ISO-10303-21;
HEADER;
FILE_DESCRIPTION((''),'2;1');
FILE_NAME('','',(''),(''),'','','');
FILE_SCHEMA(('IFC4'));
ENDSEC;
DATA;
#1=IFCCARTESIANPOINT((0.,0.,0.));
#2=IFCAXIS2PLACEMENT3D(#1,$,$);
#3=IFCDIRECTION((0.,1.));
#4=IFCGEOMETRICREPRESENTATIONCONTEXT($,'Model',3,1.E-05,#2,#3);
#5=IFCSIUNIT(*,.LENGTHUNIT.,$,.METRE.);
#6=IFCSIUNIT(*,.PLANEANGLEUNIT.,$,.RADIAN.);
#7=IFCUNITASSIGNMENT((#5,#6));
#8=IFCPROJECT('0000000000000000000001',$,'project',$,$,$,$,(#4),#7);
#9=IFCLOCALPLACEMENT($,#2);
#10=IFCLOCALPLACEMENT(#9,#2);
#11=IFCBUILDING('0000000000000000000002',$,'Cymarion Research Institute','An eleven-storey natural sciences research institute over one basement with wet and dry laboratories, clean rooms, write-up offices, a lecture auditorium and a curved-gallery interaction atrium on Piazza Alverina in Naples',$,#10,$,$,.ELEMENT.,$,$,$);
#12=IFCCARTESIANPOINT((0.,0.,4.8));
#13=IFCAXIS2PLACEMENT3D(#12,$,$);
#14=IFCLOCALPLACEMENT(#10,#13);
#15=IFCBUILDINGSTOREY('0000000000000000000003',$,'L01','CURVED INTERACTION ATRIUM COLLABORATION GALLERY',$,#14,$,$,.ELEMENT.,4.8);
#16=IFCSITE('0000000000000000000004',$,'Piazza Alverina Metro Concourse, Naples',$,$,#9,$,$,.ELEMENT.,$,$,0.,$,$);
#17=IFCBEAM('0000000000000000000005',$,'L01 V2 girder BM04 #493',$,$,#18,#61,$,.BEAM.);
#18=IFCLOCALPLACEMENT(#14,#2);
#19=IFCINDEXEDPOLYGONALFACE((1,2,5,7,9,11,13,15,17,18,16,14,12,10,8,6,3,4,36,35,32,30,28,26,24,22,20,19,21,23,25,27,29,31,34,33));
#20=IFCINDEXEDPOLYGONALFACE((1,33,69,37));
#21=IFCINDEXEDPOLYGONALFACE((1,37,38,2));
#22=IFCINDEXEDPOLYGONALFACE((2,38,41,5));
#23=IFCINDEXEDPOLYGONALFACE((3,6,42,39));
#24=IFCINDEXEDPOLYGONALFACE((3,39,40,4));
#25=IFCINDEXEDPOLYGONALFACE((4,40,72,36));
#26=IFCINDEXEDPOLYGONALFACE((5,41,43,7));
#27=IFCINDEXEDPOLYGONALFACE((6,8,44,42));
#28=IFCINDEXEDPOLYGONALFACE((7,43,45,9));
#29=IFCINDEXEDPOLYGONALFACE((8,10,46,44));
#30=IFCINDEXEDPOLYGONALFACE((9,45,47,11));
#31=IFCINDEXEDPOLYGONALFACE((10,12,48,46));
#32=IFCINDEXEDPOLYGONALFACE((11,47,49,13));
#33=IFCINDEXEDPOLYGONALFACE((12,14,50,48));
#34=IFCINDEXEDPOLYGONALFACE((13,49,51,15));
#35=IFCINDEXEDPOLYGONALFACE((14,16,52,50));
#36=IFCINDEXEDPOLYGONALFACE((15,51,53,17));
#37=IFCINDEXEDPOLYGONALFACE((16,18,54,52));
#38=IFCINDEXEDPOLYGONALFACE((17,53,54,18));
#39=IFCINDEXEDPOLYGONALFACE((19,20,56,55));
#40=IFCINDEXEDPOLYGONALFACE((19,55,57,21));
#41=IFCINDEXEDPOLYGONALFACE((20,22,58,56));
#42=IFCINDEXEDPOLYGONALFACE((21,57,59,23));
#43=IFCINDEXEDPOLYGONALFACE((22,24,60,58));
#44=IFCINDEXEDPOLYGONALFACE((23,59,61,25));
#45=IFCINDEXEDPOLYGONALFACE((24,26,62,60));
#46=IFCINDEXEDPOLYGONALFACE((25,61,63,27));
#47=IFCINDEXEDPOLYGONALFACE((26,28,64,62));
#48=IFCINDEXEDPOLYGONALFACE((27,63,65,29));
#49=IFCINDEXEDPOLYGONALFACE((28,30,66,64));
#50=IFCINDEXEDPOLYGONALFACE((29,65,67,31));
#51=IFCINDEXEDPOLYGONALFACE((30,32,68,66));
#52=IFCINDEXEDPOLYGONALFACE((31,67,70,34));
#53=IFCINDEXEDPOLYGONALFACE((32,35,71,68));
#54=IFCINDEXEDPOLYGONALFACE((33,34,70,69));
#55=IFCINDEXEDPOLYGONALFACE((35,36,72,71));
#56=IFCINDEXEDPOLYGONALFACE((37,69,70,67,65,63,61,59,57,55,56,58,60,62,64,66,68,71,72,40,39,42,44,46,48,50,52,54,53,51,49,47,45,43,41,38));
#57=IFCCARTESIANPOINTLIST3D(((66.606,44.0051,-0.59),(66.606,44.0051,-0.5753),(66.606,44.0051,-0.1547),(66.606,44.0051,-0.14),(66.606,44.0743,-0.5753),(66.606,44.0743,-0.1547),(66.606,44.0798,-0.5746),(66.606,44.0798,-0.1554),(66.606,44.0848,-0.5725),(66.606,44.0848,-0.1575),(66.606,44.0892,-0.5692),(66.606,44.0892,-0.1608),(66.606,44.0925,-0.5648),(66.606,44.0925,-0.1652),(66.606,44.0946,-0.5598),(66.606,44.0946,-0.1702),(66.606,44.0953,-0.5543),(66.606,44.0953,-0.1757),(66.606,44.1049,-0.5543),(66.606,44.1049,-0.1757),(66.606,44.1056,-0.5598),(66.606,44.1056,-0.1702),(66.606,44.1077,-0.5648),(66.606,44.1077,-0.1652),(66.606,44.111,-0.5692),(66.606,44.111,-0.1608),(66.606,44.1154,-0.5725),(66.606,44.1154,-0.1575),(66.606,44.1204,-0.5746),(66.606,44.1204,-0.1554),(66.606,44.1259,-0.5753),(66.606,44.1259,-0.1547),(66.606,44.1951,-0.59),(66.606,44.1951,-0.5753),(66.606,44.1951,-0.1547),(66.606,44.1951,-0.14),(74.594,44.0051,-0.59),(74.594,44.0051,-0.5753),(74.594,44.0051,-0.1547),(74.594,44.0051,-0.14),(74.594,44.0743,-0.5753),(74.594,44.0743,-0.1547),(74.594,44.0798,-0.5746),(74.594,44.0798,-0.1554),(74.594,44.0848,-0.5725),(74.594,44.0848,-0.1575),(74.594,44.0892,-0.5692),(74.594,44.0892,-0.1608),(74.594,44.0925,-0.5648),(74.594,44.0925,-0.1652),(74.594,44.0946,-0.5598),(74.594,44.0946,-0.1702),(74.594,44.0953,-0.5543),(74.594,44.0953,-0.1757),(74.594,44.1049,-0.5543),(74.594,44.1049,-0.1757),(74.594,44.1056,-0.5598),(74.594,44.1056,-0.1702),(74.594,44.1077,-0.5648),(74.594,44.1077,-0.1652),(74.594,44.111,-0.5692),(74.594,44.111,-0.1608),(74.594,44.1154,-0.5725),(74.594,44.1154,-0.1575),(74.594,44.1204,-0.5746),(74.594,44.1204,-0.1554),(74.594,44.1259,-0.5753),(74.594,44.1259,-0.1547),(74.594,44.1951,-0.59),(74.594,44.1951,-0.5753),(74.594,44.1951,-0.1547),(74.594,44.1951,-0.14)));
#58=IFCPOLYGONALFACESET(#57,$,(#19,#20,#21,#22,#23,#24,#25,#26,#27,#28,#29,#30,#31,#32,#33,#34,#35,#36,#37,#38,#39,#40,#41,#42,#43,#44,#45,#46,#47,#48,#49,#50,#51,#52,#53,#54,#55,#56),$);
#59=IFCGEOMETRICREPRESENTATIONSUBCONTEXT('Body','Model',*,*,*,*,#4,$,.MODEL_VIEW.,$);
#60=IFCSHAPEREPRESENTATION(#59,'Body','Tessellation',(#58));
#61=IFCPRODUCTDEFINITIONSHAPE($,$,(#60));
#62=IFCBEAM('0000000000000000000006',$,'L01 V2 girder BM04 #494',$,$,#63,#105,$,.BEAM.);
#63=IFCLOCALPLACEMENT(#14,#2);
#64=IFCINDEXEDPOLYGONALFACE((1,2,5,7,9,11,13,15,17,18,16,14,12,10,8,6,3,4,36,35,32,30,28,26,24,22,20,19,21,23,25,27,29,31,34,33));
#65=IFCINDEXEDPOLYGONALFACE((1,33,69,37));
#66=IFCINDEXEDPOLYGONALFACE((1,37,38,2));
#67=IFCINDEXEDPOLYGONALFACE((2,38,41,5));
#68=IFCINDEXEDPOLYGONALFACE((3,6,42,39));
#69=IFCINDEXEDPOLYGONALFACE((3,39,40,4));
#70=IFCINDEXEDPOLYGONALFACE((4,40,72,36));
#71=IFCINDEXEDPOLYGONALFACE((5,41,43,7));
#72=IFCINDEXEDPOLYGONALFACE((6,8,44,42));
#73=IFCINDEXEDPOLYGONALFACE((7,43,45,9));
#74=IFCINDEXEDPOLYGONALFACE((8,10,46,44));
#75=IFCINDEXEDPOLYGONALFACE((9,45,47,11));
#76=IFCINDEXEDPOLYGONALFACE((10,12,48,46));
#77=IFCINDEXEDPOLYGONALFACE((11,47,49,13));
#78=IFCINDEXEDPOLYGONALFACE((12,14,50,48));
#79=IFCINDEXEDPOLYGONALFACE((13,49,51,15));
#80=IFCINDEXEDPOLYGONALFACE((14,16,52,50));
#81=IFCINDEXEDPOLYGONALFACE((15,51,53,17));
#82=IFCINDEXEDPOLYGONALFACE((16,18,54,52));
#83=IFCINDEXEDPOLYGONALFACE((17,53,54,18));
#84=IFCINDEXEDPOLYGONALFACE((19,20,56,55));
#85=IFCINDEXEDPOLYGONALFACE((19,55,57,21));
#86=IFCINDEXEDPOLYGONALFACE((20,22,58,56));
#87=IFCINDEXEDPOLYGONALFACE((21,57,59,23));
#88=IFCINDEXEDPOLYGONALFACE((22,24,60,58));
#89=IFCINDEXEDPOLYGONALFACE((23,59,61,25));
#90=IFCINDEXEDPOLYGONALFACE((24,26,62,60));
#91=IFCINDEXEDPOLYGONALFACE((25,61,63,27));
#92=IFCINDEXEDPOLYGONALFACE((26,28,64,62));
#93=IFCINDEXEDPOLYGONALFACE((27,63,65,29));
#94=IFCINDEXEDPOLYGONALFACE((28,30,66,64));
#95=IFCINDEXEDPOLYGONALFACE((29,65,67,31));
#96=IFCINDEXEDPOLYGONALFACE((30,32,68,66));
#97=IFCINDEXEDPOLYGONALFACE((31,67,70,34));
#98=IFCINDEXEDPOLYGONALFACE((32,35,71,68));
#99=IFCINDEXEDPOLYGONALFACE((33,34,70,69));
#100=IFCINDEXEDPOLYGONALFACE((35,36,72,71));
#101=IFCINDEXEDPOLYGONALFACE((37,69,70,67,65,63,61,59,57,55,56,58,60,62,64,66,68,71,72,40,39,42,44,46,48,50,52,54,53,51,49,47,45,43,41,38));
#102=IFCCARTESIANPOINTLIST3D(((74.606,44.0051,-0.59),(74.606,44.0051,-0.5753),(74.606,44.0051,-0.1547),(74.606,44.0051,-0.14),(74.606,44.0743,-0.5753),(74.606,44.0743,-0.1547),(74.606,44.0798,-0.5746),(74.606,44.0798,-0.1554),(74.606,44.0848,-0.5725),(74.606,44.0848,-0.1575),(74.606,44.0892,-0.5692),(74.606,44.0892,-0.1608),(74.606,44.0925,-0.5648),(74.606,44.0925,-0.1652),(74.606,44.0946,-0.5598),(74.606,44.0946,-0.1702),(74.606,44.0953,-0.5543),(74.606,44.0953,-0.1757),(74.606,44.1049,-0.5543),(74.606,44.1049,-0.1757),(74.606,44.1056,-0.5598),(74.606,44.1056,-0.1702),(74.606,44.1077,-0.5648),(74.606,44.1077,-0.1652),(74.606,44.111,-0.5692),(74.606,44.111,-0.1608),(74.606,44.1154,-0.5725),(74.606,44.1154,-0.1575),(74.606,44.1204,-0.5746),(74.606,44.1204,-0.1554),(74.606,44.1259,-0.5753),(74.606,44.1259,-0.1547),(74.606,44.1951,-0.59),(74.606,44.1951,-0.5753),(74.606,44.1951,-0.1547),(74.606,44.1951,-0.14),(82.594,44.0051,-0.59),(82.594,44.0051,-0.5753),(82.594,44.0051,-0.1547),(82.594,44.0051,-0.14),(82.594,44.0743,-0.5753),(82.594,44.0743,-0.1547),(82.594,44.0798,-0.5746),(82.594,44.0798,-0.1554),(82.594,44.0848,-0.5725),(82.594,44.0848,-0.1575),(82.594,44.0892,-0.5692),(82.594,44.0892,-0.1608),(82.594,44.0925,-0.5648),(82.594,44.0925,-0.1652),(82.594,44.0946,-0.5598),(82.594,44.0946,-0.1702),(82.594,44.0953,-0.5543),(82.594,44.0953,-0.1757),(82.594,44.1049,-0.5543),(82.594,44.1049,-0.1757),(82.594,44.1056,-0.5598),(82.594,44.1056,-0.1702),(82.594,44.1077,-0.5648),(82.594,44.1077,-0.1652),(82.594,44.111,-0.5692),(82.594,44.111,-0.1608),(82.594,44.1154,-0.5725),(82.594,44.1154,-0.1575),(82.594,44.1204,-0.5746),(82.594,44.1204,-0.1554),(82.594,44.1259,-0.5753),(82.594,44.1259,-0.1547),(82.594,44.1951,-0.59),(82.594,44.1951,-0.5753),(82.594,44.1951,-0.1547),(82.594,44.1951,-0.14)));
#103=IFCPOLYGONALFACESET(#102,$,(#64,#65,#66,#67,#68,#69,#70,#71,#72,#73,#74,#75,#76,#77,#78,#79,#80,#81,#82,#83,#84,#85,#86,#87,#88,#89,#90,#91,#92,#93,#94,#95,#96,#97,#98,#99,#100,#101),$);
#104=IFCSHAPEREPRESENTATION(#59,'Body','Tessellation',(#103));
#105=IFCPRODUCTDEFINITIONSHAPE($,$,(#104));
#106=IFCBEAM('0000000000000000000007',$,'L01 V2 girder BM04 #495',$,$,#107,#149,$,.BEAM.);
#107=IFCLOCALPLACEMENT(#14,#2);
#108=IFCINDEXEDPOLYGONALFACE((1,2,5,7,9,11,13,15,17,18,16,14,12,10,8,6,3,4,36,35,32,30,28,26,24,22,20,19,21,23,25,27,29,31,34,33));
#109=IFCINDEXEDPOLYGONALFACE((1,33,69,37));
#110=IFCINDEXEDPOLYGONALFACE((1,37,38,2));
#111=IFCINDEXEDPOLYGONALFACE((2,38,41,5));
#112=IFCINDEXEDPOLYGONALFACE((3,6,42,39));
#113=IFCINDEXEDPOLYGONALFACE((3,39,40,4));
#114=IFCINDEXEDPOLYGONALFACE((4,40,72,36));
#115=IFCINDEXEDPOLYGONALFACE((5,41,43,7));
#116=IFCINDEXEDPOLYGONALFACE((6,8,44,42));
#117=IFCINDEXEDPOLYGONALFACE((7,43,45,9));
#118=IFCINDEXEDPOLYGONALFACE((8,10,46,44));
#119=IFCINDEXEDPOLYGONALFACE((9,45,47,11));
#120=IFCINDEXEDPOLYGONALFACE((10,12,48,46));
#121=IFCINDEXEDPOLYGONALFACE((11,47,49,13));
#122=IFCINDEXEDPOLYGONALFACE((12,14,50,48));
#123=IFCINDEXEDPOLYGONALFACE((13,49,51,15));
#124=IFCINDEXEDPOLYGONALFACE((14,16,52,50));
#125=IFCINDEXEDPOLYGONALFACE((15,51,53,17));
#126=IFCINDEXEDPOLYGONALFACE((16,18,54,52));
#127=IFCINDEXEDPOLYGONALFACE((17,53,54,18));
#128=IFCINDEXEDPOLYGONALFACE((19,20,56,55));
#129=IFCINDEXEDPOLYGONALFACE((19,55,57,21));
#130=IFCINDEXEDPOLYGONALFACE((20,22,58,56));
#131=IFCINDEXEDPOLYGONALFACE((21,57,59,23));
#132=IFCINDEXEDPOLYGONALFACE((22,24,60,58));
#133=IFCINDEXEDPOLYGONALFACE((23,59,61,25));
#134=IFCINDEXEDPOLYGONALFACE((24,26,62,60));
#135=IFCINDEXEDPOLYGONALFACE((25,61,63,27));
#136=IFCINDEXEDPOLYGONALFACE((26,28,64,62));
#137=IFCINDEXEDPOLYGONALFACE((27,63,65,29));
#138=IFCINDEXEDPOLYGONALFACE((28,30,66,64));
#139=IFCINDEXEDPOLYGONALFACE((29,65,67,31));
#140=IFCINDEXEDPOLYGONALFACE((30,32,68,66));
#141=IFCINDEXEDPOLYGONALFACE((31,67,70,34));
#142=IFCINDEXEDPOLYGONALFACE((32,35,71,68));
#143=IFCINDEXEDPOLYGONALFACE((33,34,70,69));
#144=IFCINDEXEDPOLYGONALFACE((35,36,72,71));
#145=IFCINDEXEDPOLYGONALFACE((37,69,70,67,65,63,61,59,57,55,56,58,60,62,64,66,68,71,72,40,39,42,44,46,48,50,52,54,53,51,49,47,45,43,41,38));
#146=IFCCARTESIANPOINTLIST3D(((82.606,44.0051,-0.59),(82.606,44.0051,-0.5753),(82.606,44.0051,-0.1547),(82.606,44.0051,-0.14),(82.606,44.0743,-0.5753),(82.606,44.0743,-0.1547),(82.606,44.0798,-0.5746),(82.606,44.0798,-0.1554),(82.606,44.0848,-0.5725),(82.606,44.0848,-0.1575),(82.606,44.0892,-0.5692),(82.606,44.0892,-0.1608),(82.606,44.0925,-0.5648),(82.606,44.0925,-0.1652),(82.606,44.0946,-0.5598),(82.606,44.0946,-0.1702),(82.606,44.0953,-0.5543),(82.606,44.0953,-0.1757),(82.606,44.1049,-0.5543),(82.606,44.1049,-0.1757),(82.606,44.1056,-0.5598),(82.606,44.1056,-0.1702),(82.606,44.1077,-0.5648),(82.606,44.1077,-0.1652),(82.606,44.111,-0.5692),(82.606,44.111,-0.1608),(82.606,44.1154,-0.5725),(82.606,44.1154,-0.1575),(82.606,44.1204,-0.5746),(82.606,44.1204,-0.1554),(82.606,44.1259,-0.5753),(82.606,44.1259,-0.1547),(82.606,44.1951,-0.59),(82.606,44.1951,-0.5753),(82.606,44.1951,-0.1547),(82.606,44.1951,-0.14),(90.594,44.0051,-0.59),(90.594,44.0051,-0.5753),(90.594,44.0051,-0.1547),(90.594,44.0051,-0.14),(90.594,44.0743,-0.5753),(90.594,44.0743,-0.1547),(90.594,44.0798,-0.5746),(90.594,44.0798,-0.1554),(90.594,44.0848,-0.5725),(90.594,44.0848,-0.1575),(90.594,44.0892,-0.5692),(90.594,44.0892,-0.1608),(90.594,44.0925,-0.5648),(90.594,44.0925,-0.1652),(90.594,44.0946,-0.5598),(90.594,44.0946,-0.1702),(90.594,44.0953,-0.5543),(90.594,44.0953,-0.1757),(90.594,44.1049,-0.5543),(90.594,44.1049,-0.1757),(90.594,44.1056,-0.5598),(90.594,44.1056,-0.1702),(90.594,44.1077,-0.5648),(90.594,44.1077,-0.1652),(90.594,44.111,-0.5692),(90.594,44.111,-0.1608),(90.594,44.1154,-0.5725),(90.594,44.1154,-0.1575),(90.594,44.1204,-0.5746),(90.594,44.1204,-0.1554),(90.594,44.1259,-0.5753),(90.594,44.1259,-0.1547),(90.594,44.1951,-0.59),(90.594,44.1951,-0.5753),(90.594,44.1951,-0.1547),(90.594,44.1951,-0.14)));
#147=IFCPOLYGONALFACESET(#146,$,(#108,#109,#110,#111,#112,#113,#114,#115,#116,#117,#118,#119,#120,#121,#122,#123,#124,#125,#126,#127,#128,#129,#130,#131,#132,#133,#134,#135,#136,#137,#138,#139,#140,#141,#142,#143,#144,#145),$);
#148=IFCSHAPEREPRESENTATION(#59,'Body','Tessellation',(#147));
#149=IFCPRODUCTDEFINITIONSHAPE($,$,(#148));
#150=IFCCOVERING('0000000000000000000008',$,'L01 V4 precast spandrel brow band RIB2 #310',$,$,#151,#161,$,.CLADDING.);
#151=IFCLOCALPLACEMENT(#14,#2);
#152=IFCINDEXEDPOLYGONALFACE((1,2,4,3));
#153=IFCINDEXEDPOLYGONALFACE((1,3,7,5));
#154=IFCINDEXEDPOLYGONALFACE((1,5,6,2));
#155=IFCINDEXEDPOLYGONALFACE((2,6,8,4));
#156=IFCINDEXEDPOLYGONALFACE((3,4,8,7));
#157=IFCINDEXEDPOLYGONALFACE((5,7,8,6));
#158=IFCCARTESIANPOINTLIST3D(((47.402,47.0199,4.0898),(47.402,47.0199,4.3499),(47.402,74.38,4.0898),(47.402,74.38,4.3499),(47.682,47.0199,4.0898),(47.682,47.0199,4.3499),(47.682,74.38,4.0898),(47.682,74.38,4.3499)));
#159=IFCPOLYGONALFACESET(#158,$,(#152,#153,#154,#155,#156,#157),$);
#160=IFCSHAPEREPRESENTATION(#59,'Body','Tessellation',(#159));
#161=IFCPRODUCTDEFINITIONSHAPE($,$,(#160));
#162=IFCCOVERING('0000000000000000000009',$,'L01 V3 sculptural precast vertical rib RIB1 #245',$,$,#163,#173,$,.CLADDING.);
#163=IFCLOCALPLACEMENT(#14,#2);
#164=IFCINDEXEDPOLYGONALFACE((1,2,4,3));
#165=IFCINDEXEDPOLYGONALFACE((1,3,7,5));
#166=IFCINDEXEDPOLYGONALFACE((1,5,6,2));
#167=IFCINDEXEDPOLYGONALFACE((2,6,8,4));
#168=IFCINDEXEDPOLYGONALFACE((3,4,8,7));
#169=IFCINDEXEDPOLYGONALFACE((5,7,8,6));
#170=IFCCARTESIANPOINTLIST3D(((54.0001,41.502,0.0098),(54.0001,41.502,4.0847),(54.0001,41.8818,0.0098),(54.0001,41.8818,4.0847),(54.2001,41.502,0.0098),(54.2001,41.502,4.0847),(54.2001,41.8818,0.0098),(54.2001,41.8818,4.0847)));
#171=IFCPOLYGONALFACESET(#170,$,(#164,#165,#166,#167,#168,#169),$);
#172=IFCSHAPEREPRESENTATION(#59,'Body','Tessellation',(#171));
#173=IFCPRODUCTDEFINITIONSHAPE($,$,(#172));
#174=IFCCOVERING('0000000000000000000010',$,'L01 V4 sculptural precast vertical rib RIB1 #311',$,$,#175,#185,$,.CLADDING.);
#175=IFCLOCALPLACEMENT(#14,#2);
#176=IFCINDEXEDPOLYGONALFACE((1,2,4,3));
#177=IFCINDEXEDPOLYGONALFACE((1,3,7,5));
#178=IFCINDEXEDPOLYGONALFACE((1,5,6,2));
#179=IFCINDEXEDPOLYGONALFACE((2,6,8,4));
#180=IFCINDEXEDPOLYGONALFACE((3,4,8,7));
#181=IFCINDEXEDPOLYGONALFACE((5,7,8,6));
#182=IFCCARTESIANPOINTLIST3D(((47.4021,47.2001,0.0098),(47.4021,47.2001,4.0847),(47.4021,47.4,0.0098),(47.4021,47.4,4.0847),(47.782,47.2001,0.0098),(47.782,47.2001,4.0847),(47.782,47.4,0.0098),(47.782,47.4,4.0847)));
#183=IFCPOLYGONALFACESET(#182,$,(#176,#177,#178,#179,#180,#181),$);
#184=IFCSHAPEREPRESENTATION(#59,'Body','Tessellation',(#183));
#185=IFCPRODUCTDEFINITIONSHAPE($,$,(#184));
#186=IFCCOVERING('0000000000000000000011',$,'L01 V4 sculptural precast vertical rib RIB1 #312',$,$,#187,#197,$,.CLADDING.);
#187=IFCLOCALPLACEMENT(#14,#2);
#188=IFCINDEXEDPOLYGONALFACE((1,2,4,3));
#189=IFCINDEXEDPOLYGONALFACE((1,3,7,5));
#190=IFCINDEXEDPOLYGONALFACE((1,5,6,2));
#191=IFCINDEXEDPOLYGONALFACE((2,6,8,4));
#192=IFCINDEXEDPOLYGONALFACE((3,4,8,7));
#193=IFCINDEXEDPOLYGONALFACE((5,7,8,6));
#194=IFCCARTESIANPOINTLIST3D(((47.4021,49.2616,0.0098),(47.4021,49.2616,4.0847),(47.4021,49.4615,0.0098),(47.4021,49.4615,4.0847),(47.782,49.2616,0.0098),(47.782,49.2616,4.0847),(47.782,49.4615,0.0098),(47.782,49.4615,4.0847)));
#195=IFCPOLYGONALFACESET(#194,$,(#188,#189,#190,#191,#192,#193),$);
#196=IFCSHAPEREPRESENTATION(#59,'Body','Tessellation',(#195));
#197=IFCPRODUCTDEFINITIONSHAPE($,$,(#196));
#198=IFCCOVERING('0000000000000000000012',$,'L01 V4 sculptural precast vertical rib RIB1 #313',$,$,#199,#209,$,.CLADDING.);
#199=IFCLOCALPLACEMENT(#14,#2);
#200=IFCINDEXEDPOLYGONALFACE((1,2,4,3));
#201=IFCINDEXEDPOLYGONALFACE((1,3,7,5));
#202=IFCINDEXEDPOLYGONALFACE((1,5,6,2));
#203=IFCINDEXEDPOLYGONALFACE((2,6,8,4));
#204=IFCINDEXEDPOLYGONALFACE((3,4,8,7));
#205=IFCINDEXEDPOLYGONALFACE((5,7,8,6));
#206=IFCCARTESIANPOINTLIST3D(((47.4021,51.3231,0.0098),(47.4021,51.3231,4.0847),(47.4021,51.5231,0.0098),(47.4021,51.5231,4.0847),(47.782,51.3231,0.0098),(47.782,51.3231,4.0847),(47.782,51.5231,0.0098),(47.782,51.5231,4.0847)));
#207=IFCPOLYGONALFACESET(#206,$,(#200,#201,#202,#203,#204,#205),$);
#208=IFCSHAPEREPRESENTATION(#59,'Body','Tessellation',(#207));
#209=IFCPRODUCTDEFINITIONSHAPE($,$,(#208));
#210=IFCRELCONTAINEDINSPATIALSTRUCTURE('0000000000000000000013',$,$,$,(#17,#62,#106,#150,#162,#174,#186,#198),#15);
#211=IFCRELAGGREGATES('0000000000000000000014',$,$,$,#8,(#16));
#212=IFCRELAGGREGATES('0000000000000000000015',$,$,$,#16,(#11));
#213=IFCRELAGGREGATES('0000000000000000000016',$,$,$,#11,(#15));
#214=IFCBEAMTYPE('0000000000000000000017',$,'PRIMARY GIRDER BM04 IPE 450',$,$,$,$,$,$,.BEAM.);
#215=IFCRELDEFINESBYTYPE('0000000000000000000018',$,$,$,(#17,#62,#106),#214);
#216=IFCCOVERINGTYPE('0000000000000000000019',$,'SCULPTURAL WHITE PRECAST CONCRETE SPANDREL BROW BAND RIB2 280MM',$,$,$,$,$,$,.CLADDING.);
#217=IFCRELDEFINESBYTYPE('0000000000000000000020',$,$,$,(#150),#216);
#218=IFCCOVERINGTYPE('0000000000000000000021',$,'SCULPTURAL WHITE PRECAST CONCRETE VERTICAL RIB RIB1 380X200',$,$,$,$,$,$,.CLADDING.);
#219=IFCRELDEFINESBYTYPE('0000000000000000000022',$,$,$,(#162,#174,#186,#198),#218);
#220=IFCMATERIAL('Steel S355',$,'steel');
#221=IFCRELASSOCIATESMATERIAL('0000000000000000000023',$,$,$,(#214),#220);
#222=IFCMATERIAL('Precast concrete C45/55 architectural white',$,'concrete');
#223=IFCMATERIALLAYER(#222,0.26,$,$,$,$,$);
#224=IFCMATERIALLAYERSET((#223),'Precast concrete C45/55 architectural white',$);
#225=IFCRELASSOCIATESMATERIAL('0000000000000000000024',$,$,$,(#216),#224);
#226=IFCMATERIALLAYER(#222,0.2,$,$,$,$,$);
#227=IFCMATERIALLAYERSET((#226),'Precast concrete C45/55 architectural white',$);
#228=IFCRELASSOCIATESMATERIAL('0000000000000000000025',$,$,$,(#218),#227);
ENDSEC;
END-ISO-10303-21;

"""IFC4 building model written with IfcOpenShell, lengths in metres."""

from ifc_helpers import new_model, si_unit, direction, frame, origin, origin_2d, place, context, subcontext, project, spatial, rectangle, i_section, extrude, material, layer, layer_set, material_profile, profile_set, type_object, element, save


model = new_model("IFC4")

# Units and contexts
model_context = context("Model", 3, precision=1e-05, world=origin(), true_north=direction((0.0, 1.0)))
body_context = subcontext(model_context, "Body", "Model", "MODEL_VIEW")
ifc_project = project(units=[si_unit("LENGTHUNIT", "METRE"), si_unit("PLANEANGLEUNIT", "RADIAN")], contexts=[model_context])

# Site, building, storey
site_placement = place(None, origin())
site = spatial("IfcSite", under=ifc_project, at=site_placement, Name="Piazza Alverina Metro Concourse, Naples", CompositionType="ELEMENT", RefElevation=0.0)
building_placement = place(site_placement, origin())
building = spatial("IfcBuilding", under=site, at=building_placement, Name="Cymarion Research Institute", Description="An eleven-storey natural sciences research institute over one basement with wet and dry laboratories, clean rooms, write-up offices, a lecture auditorium and a curved-gallery interaction atrium on Piazza Alverina in Naples", CompositionType="ELEMENT")
storey_placement = place(building_placement, frame((0.0, 0.0, 4.8)))
storey = spatial("IfcBuildingStorey", under=building, at=storey_placement, Name="L01", Description="CURVED INTERACTION ATRIUM COLLABORATION GALLERY", CompositionType="ELEMENT", Elevation=4.8)

# Beams
ifc_material_1 = material(Name="Steel S355", Category="steel")
ifc_material_profile = material_profile(ifc_material_1, i_section(OverallWidth=0.1899, OverallDepth=0.45, WebThickness=0.0095, FlangeThickness=0.0146, FilletRadius=0.021, at=origin_2d()), Name="IPE 450")
ifc_profile_set = profile_set([ifc_material_profile], Name="Steel S355")
beam_type = type_object("IfcBeamType", Name="PRIMARY GIRDER BM04 IPE 450", PredefinedType="BEAM", material=ifc_profile_set)
for number, where, z_axis, x_axis, name in (
    (1, (66.606, 44.1001, -0.365), (1.0, 0.0, 0.0), (0.0, 1.0, 0.0), "L01 V2 girder BM04 #493"),
    (2, (74.606, 44.1001, -0.365), (1.0, 0.0, 0.0), (0.0, 1.0, 0.0), "L01 V2 girder BM04 #494"),
    (3, (82.606, 44.1001, -0.365), (1.0, 0.0, 0.0), (0.0, 1.0, 0.0), "L01 V2 girder BM04 #495"),
):
    element("IfcBeam", number, at=place(storey_placement, frame(where, z_axis=z_axis, x_axis=x_axis)), inside=storey, type_object=beam_type, Name=name, PredefinedType="BEAM", context=body_context, shape_type="SweptSolid", body=[
        extrude(i_section(OverallWidth=0.1899, OverallDepth=0.45, WebThickness=0.0095, FlangeThickness=0.0146, FilletRadius=0.021, at=origin_2d()), origin(), (0.0, 0.0, 1.0), 7.988),
    ])

# Coverings
ifc_material_2 = material(Name="Precast concrete C45/55 architectural white", Category="concrete")
ifc_layer_1 = layer(ifc_material_2, 0.26)
ifc_layer_set_1 = layer_set([ifc_layer_1], Name="Precast concrete C45/55 architectural white")
covering_type_1 = type_object("IfcCoveringType", Name="SCULPTURAL WHITE PRECAST CONCRETE SPANDREL BROW BAND RIB2 280MM", PredefinedType="CLADDING", material=ifc_layer_set_1)
covering_placement = place(storey_placement, frame((47.542, 60.7, 4.0898), z_axis=(0.0, 0.0, 1.0), x_axis=(1.0, 0.0, 0.0)))
element("IfcCovering", 4, at=covering_placement, inside=storey, type_object=covering_type_1, Name="L01 V4 precast spandrel brow band RIB2 #310", PredefinedType="CLADDING", context=body_context, shape_type="SweptSolid", body=[
    extrude(rectangle(XDim=0.28, YDim=27.3601, at=origin_2d()), origin(), (0.0, 0.0, 1.0), 0.26),
])
ifc_layer_2 = layer(ifc_material_2, 0.2)
ifc_layer_set_2 = layer_set([ifc_layer_2], Name="Precast concrete C45/55 architectural white")
covering_type_2 = type_object("IfcCoveringType", Name="SCULPTURAL WHITE PRECAST CONCRETE VERTICAL RIB RIB1 380X200", PredefinedType="CLADDING", material=ifc_layer_set_2)
for number, where, z_axis, x_axis, name in (
    (5, (54.1001, 41.6919, 0.0098), (0.0, 0.0, 1.0), (0.0, 1.0, 0.0), "L01 V3 sculptural precast vertical rib RIB1 #245"),
    (6, (47.592, 47.3, 0.0098), (0.0, 0.0, 1.0), (1.0, 0.0, 0.0), "L01 V4 sculptural precast vertical rib RIB1 #311"),
    (7, (47.592, 49.3616, 0.0098), (0.0, 0.0, 1.0), (1.0, 0.0, 0.0), "L01 V4 sculptural precast vertical rib RIB1 #312"),
    (8, (47.592, 51.4231, 0.0098), (0.0, 0.0, 1.0), (1.0, 0.0, 0.0), "L01 V4 sculptural precast vertical rib RIB1 #313"),
):
    element("IfcCovering", number, at=place(storey_placement, frame(where, z_axis=z_axis, x_axis=x_axis)), inside=storey, type_object=covering_type_2, Name=name, PredefinedType="CLADDING", context=body_context, shape_type="SweptSolid", body=[
        extrude(rectangle(XDim=0.3799, YDim=0.2, at=origin_2d()), origin(), (0.0, 0.0, 1.0), 4.075),
    ])

save(model, "model.ifc")
